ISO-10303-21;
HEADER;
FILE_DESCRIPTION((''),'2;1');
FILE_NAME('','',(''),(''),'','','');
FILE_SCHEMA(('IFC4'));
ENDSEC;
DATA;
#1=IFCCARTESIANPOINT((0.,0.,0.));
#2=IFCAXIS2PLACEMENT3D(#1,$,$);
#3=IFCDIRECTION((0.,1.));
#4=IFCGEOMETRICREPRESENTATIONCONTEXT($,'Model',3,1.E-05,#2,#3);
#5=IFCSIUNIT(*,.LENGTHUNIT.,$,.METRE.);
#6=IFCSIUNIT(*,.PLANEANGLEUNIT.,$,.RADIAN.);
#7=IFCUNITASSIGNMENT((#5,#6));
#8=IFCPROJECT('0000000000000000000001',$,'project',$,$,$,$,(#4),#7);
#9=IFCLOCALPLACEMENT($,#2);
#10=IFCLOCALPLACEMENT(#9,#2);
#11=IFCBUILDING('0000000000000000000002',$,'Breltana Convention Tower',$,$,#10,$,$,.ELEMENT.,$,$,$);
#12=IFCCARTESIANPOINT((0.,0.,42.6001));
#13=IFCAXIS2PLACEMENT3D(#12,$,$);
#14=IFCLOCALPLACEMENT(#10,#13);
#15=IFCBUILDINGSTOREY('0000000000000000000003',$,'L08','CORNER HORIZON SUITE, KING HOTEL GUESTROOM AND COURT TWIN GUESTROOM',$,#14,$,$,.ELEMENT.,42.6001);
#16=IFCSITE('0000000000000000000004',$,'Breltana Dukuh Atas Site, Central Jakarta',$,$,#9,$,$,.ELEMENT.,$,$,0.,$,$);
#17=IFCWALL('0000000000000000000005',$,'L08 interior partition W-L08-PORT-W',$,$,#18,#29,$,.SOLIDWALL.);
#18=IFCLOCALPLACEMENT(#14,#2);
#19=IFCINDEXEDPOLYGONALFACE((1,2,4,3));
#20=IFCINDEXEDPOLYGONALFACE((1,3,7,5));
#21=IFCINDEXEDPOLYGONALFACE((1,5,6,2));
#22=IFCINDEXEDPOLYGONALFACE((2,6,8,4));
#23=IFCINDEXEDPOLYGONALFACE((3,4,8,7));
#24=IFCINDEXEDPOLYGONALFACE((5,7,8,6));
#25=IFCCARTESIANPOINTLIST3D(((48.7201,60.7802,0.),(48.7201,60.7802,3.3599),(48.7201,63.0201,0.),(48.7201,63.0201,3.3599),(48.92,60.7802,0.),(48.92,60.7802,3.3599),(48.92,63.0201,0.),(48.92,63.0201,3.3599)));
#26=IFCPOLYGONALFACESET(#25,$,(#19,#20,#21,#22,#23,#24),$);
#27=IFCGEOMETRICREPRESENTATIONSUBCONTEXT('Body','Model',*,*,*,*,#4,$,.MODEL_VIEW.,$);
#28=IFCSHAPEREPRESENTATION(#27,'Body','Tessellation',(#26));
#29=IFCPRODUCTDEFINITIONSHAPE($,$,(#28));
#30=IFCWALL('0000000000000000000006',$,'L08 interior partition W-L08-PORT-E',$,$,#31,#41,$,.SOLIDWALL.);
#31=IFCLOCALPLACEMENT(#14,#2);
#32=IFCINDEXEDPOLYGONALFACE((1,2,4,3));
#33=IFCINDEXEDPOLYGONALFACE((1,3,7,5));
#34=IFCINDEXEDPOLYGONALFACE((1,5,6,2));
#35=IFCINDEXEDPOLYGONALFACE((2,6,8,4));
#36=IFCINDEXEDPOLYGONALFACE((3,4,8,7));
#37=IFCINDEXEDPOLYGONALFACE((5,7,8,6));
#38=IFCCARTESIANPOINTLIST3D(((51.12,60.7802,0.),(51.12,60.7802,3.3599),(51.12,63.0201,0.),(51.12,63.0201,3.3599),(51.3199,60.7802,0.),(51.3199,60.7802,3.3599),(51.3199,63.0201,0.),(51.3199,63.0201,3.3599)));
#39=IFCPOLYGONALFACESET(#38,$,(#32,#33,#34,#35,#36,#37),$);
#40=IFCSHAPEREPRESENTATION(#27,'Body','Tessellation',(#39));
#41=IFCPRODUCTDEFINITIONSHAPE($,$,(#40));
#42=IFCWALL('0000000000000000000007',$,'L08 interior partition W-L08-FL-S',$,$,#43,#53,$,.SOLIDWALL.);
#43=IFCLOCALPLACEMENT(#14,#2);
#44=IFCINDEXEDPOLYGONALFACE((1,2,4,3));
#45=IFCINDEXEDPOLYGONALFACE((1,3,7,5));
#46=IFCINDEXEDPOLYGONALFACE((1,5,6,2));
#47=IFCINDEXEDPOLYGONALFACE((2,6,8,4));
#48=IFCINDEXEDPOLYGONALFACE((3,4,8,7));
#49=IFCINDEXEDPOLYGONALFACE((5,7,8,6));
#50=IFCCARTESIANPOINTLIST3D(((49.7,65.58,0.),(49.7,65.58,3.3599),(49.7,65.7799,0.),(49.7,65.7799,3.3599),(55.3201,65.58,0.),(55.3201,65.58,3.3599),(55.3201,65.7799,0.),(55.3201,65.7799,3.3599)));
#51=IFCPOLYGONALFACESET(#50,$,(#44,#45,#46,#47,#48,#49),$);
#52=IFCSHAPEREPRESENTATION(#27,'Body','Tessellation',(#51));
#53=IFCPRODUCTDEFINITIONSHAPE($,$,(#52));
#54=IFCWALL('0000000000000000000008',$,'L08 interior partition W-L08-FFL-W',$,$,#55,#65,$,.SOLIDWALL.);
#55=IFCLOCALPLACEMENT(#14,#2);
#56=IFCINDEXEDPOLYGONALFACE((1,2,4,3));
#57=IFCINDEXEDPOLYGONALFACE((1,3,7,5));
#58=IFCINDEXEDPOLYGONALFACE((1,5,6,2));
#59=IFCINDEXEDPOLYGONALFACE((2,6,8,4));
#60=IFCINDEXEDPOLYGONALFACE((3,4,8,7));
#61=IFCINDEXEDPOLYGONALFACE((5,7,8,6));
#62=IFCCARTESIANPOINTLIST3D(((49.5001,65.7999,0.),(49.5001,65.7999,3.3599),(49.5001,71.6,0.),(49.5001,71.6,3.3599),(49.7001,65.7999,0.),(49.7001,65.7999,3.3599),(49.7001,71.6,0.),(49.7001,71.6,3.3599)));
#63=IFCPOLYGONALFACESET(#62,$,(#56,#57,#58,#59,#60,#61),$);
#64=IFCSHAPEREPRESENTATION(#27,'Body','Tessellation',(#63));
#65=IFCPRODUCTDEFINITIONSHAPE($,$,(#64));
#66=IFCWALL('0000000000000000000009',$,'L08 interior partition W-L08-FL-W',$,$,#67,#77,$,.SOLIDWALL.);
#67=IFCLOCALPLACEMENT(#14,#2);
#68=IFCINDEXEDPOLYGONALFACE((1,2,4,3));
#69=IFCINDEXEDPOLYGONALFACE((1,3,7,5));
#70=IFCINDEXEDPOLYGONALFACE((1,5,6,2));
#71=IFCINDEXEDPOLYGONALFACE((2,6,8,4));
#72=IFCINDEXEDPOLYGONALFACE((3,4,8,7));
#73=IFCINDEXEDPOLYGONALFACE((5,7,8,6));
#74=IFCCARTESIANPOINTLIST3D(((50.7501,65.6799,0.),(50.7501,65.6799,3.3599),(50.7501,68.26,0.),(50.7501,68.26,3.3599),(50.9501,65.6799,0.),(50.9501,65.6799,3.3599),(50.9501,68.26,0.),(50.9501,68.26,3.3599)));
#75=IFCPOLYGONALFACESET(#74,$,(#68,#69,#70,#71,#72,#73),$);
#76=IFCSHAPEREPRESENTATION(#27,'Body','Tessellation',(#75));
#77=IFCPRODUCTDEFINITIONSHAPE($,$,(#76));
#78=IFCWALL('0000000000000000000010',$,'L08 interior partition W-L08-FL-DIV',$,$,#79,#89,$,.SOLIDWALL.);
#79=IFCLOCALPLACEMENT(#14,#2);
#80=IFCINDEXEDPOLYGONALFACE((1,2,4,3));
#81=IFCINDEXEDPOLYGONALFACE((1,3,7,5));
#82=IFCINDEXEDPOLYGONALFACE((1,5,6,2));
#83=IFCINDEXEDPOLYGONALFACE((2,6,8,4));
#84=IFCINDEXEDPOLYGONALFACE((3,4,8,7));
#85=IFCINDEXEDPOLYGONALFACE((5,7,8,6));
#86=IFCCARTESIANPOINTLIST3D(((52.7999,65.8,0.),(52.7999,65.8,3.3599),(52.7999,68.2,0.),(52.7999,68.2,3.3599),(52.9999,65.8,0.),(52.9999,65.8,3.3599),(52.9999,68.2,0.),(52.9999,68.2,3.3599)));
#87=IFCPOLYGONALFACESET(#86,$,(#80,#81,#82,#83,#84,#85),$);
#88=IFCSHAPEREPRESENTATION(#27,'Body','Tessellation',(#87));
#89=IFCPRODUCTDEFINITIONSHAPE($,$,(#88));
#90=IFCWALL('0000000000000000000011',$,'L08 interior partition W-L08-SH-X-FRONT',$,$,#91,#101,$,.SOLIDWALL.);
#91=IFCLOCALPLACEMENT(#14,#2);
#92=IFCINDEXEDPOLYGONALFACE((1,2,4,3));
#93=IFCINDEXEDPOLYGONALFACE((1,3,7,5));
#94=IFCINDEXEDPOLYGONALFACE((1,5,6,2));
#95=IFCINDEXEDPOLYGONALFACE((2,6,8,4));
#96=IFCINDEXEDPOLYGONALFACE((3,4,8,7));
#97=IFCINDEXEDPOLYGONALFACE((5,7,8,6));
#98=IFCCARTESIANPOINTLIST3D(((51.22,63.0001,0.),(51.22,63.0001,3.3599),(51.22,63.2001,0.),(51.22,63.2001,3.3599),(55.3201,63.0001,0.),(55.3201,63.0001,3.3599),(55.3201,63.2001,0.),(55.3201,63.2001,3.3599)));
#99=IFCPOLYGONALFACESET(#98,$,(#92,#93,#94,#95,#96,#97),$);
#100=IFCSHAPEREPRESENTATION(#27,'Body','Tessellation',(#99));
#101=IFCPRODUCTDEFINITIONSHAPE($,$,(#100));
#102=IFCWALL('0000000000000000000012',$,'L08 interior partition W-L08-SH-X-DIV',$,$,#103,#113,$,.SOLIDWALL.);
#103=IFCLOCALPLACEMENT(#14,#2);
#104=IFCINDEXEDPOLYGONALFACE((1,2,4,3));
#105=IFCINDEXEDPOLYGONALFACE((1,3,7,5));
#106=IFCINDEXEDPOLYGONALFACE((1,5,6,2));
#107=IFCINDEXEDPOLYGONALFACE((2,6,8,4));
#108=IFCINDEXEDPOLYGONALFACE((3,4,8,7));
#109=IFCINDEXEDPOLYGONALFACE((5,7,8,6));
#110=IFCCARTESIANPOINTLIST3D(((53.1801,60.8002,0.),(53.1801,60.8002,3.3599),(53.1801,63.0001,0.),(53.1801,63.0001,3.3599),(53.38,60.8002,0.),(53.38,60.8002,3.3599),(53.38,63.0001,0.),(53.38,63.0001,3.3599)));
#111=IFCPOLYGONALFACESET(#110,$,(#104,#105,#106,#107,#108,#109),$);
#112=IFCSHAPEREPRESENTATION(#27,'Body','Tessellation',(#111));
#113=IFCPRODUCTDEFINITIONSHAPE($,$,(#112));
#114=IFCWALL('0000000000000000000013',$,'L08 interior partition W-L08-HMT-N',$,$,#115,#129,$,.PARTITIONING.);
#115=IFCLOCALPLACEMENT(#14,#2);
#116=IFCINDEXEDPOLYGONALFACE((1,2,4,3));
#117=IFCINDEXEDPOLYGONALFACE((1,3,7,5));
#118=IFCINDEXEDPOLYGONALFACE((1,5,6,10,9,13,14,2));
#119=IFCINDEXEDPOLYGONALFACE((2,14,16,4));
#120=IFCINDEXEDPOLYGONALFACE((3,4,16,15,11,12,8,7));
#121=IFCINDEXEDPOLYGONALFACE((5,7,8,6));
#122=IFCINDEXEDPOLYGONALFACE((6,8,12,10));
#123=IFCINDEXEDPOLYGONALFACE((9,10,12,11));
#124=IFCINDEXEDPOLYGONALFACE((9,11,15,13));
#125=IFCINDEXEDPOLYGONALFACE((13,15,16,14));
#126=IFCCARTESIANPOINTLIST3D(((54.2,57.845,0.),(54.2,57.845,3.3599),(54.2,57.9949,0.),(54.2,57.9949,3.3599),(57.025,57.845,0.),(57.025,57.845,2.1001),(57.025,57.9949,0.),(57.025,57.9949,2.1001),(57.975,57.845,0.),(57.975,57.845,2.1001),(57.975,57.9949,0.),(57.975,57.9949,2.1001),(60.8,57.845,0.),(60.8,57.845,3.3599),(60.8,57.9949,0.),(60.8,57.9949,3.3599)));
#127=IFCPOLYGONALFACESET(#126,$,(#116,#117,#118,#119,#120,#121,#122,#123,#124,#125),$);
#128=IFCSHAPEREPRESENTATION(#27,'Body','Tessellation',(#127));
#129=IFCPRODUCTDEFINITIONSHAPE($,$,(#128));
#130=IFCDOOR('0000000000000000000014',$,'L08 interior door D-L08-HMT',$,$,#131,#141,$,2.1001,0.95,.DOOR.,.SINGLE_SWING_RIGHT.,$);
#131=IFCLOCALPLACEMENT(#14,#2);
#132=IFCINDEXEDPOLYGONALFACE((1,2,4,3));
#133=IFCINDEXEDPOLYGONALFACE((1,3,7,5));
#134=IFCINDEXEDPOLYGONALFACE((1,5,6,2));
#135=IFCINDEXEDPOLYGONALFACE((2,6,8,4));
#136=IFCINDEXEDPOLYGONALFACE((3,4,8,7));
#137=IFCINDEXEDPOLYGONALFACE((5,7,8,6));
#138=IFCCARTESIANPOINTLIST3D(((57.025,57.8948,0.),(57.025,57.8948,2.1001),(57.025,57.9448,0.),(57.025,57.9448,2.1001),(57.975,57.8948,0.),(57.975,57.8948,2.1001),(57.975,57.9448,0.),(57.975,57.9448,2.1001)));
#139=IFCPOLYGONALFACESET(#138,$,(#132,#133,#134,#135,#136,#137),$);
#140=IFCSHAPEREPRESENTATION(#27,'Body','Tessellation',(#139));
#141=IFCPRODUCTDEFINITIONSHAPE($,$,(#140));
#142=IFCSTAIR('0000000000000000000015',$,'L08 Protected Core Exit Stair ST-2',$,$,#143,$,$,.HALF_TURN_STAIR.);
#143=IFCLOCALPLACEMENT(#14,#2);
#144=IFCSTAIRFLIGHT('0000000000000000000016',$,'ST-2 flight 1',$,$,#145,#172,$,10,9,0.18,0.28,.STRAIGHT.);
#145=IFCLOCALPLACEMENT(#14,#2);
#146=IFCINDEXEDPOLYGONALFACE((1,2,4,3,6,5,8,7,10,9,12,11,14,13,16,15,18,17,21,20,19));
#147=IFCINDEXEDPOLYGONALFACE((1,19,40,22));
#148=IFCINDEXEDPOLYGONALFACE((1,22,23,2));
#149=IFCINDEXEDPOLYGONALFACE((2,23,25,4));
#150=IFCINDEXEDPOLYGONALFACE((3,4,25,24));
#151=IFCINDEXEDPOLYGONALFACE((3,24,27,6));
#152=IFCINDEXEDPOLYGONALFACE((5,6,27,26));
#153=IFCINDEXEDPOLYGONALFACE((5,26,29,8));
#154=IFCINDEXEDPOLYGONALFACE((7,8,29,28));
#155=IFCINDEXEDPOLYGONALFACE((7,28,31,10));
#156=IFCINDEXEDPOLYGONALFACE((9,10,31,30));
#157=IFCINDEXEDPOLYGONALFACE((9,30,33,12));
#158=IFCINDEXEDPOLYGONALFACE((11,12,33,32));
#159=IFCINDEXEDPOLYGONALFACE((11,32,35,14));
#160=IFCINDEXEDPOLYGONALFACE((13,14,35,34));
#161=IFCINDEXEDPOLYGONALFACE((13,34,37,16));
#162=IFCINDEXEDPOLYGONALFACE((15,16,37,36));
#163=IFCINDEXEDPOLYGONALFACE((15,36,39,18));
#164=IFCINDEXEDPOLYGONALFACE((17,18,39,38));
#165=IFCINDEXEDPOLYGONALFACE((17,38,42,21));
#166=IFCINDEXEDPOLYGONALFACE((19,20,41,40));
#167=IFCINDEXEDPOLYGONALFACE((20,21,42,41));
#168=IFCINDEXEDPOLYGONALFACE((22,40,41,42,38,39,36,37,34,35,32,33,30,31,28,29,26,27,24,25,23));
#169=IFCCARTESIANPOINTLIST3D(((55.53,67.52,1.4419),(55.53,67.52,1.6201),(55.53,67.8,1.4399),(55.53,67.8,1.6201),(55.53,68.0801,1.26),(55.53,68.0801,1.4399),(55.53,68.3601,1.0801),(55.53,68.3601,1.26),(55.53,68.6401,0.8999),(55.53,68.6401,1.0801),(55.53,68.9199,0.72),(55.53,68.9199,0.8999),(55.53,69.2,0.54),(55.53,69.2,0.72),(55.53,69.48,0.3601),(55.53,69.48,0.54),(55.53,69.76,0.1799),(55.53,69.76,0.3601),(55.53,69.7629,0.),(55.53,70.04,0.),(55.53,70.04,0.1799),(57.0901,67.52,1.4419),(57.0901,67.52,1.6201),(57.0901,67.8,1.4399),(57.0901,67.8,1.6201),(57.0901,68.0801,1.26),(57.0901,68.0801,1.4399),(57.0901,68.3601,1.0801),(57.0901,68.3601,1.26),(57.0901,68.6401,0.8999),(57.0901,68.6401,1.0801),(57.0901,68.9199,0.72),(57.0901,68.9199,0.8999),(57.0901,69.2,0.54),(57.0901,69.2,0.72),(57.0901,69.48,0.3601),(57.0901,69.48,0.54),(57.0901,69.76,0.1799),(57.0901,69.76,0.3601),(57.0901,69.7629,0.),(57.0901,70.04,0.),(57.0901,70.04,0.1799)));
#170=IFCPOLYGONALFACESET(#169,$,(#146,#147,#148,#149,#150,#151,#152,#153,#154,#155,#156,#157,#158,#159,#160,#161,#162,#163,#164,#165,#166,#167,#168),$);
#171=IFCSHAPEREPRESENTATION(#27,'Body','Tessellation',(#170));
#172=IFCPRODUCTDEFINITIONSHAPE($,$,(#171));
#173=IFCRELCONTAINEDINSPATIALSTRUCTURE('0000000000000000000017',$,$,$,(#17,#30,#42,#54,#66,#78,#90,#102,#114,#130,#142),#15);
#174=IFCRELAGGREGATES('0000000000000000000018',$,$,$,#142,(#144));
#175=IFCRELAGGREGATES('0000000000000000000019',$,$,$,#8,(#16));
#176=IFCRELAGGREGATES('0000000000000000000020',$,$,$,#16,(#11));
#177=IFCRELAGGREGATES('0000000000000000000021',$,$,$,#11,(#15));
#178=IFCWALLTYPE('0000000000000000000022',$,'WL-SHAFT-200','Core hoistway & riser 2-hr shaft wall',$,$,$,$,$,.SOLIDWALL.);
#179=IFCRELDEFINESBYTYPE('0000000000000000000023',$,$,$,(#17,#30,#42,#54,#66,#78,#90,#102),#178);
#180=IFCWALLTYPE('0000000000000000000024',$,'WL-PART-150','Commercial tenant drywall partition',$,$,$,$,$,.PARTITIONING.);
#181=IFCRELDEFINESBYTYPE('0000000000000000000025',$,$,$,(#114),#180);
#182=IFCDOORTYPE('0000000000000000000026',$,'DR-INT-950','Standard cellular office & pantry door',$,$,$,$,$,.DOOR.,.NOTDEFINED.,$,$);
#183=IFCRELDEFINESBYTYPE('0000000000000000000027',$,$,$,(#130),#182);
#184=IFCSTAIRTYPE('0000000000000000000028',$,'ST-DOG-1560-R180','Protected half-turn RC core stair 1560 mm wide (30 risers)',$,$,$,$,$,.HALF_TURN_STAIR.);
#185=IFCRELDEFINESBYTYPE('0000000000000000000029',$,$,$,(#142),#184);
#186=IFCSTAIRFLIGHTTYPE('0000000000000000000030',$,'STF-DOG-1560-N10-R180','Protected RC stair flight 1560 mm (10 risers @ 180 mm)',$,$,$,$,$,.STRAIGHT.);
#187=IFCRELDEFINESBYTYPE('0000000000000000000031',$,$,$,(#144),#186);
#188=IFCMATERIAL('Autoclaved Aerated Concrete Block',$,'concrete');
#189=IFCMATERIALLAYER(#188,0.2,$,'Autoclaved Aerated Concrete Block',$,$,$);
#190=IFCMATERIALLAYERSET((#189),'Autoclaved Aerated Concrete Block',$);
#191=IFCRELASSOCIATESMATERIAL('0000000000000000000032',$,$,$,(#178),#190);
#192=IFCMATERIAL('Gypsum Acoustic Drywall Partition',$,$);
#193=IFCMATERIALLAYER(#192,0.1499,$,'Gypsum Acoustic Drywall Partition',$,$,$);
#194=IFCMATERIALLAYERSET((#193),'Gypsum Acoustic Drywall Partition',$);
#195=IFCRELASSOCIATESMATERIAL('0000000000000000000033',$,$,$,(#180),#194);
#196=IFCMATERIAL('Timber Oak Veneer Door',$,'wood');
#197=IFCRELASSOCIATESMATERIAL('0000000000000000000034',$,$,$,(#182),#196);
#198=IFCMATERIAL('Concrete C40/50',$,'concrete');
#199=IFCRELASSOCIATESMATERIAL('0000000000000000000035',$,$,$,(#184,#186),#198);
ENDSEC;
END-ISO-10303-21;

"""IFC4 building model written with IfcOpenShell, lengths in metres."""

from ifc_helpers import new_model, si_unit, direction, frame, frame_2d, origin, place, context, subcontext, project, spatial, polyline, rectangle, outline, extrude, source, transform, mapped, material, layer, layer_set, type_object, type_shapes, element, fill, aggregate, save


model = new_model("IFC4")

# Units and contexts
model_context = context("Model", 3, precision=1e-05, world=origin(), true_north=direction((0.0, 1.0)))
body_context = subcontext(model_context, "Body", "Model", "MODEL_VIEW")
ifc_project = project(units=[si_unit("LENGTHUNIT", "METRE"), si_unit("PLANEANGLEUNIT", "RADIAN")], contexts=[model_context])

# Site, building, storey
site_placement = place(None, origin())
site = spatial("IfcSite", under=ifc_project, at=site_placement, Name="Breltana Dukuh Atas Site, Central Jakarta", CompositionType="ELEMENT", RefElevation=0.0)
building_placement = place(site_placement, origin())
building = spatial("IfcBuilding", under=site, at=building_placement, Name="Breltana Convention Tower", CompositionType="ELEMENT")
storey_placement = place(building_placement, frame((0.0, 0.0, 42.6001)))
storey = spatial("IfcBuildingStorey", under=building, at=storey_placement, Name="L08", Description="CORNER HORIZON SUITE, KING HOTEL GUESTROOM AND COURT TWIN GUESTROOM", CompositionType="ELEMENT", Elevation=42.6001)

# Walls
ifc_material_1 = material(Name="Autoclaved Aerated Concrete Block", Category="concrete")
ifc_layer_1 = layer(ifc_material_1, 0.2, Name="Autoclaved Aerated Concrete Block")
ifc_layer_set_1 = layer_set([ifc_layer_1], Name="Autoclaved Aerated Concrete Block")
wall_type_1 = type_object("IfcWallType", Name="WL-SHAFT-200", Description="Core hoistway & riser 2-hr shaft wall", PredefinedType="SOLIDWALL", material=ifc_layer_set_1)
shared_shape_1 = source(origin(), body_context, "Body", "SweptSolid", [
    extrude(rectangle(XDim=2.24, YDim=0.2, at=frame_2d((1.1201, 0.0))), origin(), (0.0, 0.0, 1.0), 3.3599),
])
for number, where, z_axis, x_axis, name in (
    (1, (48.8201, 60.78, 0.0), (0.0, 0.0, 1.0), (0.0, 1.0, 0.0), "L08 interior partition W-L08-PORT-W"),
    (2, (51.22, 60.78, 0.0), (0.0, 0.0, 1.0), (0.0, 1.0, 0.0), "L08 interior partition W-L08-PORT-E"),
):
    element("IfcWall", number, at=place(storey_placement, frame(where, z_axis=z_axis, x_axis=x_axis)), inside=storey, type_object=wall_type_1, Name=name, PredefinedType="SOLIDWALL", context=body_context, shape_type="MappedRepresentation", body=[
        mapped(shared_shape_1, transform((0.0, 0.0, 0.0), scale=1.0)),
    ])

# Shared definitions
shared_shape_2 = source(origin(), body_context, "Body", "SweptSolid", [
    extrude(rectangle(XDim=5.6201, YDim=0.2, at=frame_2d((2.8101, 0.0))), origin(), (0.0, 0.0, 1.0), 3.3599),
])

# Walls
wall_1_placement = place(storey_placement, frame((49.7, 65.6799, 0.0), z_axis=(0.0, 0.0, 1.0), x_axis=(1.0, 0.0, 0.0)))
element("IfcWall", 3, at=wall_1_placement, inside=storey, type_object=wall_type_1, Name="L08 interior partition W-L08-FL-S", PredefinedType="SOLIDWALL", context=body_context, shape_type="MappedRepresentation", body=[
    mapped(shared_shape_2, transform((0.0, 0.0, 0.0), scale=1.0)),
])
shared_shape_3 = source(origin(), body_context, "Body", "SweptSolid", [
    extrude(rectangle(XDim=5.8, YDim=0.2, at=frame_2d((2.8999, 0.0))), origin(), (0.0, 0.0, 1.0), 3.3599),
])
wall_2_placement = place(storey_placement, frame((49.6001, 65.8, 0.0), z_axis=(0.0, 0.0, 1.0), x_axis=(0.0, 1.0, 0.0)))
element("IfcWall", 4, at=wall_2_placement, inside=storey, type_object=wall_type_1, Name="L08 interior partition W-L08-FFL-W", PredefinedType="SOLIDWALL", context=body_context, shape_type="MappedRepresentation", body=[
    mapped(shared_shape_3, transform((0.0, 0.0, 0.0), scale=1.0)),
])
shared_shape_4 = source(origin(), body_context, "Body", "SweptSolid", [
    extrude(rectangle(XDim=2.5801, YDim=0.2, at=frame_2d((1.29, 0.0))), origin(), (0.0, 0.0, 1.0), 3.3599),
])
wall_3_placement = place(storey_placement, frame((50.8501, 65.6799, 0.0), z_axis=(0.0, 0.0, 1.0), x_axis=(0.0, 1.0, 0.0)))
element("IfcWall", 5, at=wall_3_placement, inside=storey, type_object=wall_type_1, Name="L08 interior partition W-L08-FL-W", PredefinedType="SOLIDWALL", context=body_context, shape_type="MappedRepresentation", body=[
    mapped(shared_shape_4, transform((0.0, 0.0, 0.0), scale=1.0)),
])
shared_shape_5 = source(origin(), body_context, "Body", "SweptSolid", [
    extrude(rectangle(XDim=2.3999, YDim=0.2, at=frame_2d((1.2, 0.0))), origin(), (0.0, 0.0, 1.0), 3.3599),
])
wall_4_placement = place(storey_placement, frame((52.8999, 65.8, 0.0), z_axis=(0.0, 0.0, 1.0), x_axis=(0.0, 1.0, 0.0)))
element("IfcWall", 6, at=wall_4_placement, inside=storey, type_object=wall_type_1, Name="L08 interior partition W-L08-FL-DIV", PredefinedType="SOLIDWALL", context=body_context, shape_type="MappedRepresentation", body=[
    mapped(shared_shape_5, transform((0.0, 0.0, 0.0), scale=1.0)),
])
shared_shape_6 = source(origin(), body_context, "Body", "SweptSolid", [
    extrude(rectangle(XDim=4.1001, YDim=0.2, at=frame_2d((2.05, 0.0))), origin(), (0.0, 0.0, 1.0), 3.3599),
])
wall_5_placement = place(storey_placement, frame((51.22, 63.1001, 0.0), z_axis=(0.0, 0.0, 1.0), x_axis=(1.0, 0.0, 0.0)))
element("IfcWall", 7, at=wall_5_placement, inside=storey, type_object=wall_type_1, Name="L08 interior partition W-L08-SH-X-FRONT", PredefinedType="SOLIDWALL", context=body_context, shape_type="MappedRepresentation", body=[
    mapped(shared_shape_6, transform((0.0, 0.0, 0.0), scale=1.0)),
])
shared_shape_7 = source(origin(), body_context, "Body", "SweptSolid", [
    extrude(rectangle(XDim=2.2, YDim=0.2, at=frame_2d((1.1001, 0.0))), origin(), (0.0, 0.0, 1.0), 3.3599),
])
wall_6_placement = place(storey_placement, frame((53.28, 60.8, 0.0), z_axis=(0.0, 0.0, 1.0), x_axis=(0.0, 1.0, 0.0)))
element("IfcWall", 8, at=wall_6_placement, inside=storey, type_object=wall_type_1, Name="L08 interior partition W-L08-SH-X-DIV", PredefinedType="SOLIDWALL", context=body_context, shape_type="MappedRepresentation", body=[
    mapped(shared_shape_7, transform((0.0, 0.0, 0.0), scale=1.0)),
])

# Wall, opening, door
ifc_material_2 = material(Name="Gypsum Acoustic Drywall Partition")
ifc_layer_2 = layer(ifc_material_2, 0.1499, Name="Gypsum Acoustic Drywall Partition")
ifc_layer_set_2 = layer_set([ifc_layer_2], Name="Gypsum Acoustic Drywall Partition")
wall_type_2 = type_object("IfcWallType", Name="WL-PART-150", Description="Commercial tenant drywall partition", PredefinedType="PARTITIONING", material=ifc_layer_set_2)
shared_shape_8 = source(origin(), body_context, "Body", "SweptSolid", [
    extrude(rectangle(XDim=6.6001, YDim=0.1499, at=frame_2d((3.3, 0.0))), origin(), (0.0, 0.0, 1.0), 3.3599),
])
wall_7_placement = place(storey_placement, frame((54.2, 57.9199, 0.0), z_axis=(0.0, 0.0, 1.0), x_axis=(1.0, 0.0, 0.0)))
wall_7 = element("IfcWall", 9, at=wall_7_placement, inside=storey, type_object=wall_type_2, Name="L08 interior partition W-L08-HMT-N", PredefinedType="PARTITIONING", context=body_context, shape_type="MappedRepresentation", body=[
    mapped(shared_shape_8, transform((0.0, 0.0, 0.0), scale=1.0)),
])
opening_1_placement = place(wall_7_placement, frame((2.825, 0.0, 0.0)))
opening_1 = element("IfcOpeningElement", 10, at=opening_1_placement, cuts=wall_7, PredefinedType="OPENING", context=body_context, shape_type="SweptSolid", body=[
    extrude(rectangle(XDim=0.95, YDim=2.1001, at=frame_2d((0.4751, 1.05))), frame((0.0, 0.085, 0.0), z_axis=(0.0, -1.0, 0.0), x_axis=(1.0, 0.0, 0.0)), (0.0, 0.0, 1.0), 0.1699),
])
ifc_material_3 = material(Name="Timber Oak Veneer Door", Category="wood")
door_type_1 = type_object("IfcDoorType", Name="DR-INT-950", Description="Standard cellular office & pantry door", OperationType="NOTDEFINED", PredefinedType="DOOR", material=ifc_material_3)
shared_shape_9 = source(origin(), body_context, "Body", "SweptSolid", [
    extrude(rectangle(XDim=0.95, YDim=2.1001, at=frame_2d((0.4751, 1.05))), frame((0.0, 0.0249, 0.0), z_axis=(0.0, -1.0, 0.0), x_axis=(1.0, 0.0, 0.0)), (0.0, 0.0, 1.0), 0.05),
])
type_shapes(door_type_1, [shared_shape_9])
door_1_placement = place(opening_1_placement, origin())
door_1 = element("IfcDoor", 11, at=door_1_placement, inside=storey, type_object=door_type_1, Name="L08 interior door D-L08-HMT", OperationType="SINGLE_SWING_RIGHT", OverallHeight=2.1001, OverallWidth=0.95, PredefinedType="DOOR", context=body_context, shape_type="MappedRepresentation", body=[
    mapped(shared_shape_9, transform((0.0, 0.0, 0.0), scale=1.0)),
])
fill(opening_1, door_1)

# Stair, stair flight
ifc_material_4 = material(Name="Concrete C40/50", Category="concrete")
stair_type = type_object("IfcStairType", Name="ST-DOG-1560-R180", Description="Protected half-turn RC core stair 1560 mm wide (30 risers)", PredefinedType="HALF_TURN_STAIR", material=ifc_material_4)
stair_placement = place(storey_placement, origin())
stair = element("IfcStair", 12, at=stair_placement, inside=storey, type_object=stair_type, Name="L08 Protected Core Exit Stair ST-2", PredefinedType="HALF_TURN_STAIR")
stair_flight_type = type_object("IfcStairFlightType", Name="STF-DOG-1560-N10-R180", Description="Protected RC stair flight 1560 mm (10 risers @ 180 mm)", PredefinedType="STRAIGHT", material=ifc_material_4)
stair_flight_1_placement = place(storey_placement, frame((56.3101, 70.04, 0.0), z_axis=(0.0, 0.0, 1.0), x_axis=(0.0, -1.0, 0.0)))
stair_flight_1 = element("IfcStairFlight", 13, at=stair_flight_1_placement, type_object=stair_flight_type, Name="ST-2 flight 1", NumberOfRisers=10, NumberOfTreads=9, PredefinedType="STRAIGHT", RiserHeight=0.18, TreadLength=0.28, context=body_context, shape_type="SweptSolid", body=[
    extrude(outline(polyline([(0.0, 0.0), (0.0, 0.1799), (0.28, 0.1799), (0.28, 0.3601), (0.5601, 0.3601), (0.5601, 0.54), (0.8401, 0.54), (0.8401, 0.72), (1.1201, 0.72), (1.1201, 0.8999), (1.3999, 0.8999), (1.3999, 1.0801), (1.6799, 1.0801), (1.6799, 1.26), (1.96, 1.26), (1.96, 1.4399), (2.24, 1.4399), (2.24, 1.6201), (2.52, 1.6201), (2.52, 1.8), (2.52, 1.4419), (0.2771, 0.0), (0.0, 0.0)])), frame((0.0, 0.78, 0.0), z_axis=(0.0, -1.0, 0.0), x_axis=(1.0, 0.0, 0.0)), (0.0, 0.0, 1.0), 1.5601),
])
aggregate(stair, [stair_flight_1])

save(model, "model.ifc")
